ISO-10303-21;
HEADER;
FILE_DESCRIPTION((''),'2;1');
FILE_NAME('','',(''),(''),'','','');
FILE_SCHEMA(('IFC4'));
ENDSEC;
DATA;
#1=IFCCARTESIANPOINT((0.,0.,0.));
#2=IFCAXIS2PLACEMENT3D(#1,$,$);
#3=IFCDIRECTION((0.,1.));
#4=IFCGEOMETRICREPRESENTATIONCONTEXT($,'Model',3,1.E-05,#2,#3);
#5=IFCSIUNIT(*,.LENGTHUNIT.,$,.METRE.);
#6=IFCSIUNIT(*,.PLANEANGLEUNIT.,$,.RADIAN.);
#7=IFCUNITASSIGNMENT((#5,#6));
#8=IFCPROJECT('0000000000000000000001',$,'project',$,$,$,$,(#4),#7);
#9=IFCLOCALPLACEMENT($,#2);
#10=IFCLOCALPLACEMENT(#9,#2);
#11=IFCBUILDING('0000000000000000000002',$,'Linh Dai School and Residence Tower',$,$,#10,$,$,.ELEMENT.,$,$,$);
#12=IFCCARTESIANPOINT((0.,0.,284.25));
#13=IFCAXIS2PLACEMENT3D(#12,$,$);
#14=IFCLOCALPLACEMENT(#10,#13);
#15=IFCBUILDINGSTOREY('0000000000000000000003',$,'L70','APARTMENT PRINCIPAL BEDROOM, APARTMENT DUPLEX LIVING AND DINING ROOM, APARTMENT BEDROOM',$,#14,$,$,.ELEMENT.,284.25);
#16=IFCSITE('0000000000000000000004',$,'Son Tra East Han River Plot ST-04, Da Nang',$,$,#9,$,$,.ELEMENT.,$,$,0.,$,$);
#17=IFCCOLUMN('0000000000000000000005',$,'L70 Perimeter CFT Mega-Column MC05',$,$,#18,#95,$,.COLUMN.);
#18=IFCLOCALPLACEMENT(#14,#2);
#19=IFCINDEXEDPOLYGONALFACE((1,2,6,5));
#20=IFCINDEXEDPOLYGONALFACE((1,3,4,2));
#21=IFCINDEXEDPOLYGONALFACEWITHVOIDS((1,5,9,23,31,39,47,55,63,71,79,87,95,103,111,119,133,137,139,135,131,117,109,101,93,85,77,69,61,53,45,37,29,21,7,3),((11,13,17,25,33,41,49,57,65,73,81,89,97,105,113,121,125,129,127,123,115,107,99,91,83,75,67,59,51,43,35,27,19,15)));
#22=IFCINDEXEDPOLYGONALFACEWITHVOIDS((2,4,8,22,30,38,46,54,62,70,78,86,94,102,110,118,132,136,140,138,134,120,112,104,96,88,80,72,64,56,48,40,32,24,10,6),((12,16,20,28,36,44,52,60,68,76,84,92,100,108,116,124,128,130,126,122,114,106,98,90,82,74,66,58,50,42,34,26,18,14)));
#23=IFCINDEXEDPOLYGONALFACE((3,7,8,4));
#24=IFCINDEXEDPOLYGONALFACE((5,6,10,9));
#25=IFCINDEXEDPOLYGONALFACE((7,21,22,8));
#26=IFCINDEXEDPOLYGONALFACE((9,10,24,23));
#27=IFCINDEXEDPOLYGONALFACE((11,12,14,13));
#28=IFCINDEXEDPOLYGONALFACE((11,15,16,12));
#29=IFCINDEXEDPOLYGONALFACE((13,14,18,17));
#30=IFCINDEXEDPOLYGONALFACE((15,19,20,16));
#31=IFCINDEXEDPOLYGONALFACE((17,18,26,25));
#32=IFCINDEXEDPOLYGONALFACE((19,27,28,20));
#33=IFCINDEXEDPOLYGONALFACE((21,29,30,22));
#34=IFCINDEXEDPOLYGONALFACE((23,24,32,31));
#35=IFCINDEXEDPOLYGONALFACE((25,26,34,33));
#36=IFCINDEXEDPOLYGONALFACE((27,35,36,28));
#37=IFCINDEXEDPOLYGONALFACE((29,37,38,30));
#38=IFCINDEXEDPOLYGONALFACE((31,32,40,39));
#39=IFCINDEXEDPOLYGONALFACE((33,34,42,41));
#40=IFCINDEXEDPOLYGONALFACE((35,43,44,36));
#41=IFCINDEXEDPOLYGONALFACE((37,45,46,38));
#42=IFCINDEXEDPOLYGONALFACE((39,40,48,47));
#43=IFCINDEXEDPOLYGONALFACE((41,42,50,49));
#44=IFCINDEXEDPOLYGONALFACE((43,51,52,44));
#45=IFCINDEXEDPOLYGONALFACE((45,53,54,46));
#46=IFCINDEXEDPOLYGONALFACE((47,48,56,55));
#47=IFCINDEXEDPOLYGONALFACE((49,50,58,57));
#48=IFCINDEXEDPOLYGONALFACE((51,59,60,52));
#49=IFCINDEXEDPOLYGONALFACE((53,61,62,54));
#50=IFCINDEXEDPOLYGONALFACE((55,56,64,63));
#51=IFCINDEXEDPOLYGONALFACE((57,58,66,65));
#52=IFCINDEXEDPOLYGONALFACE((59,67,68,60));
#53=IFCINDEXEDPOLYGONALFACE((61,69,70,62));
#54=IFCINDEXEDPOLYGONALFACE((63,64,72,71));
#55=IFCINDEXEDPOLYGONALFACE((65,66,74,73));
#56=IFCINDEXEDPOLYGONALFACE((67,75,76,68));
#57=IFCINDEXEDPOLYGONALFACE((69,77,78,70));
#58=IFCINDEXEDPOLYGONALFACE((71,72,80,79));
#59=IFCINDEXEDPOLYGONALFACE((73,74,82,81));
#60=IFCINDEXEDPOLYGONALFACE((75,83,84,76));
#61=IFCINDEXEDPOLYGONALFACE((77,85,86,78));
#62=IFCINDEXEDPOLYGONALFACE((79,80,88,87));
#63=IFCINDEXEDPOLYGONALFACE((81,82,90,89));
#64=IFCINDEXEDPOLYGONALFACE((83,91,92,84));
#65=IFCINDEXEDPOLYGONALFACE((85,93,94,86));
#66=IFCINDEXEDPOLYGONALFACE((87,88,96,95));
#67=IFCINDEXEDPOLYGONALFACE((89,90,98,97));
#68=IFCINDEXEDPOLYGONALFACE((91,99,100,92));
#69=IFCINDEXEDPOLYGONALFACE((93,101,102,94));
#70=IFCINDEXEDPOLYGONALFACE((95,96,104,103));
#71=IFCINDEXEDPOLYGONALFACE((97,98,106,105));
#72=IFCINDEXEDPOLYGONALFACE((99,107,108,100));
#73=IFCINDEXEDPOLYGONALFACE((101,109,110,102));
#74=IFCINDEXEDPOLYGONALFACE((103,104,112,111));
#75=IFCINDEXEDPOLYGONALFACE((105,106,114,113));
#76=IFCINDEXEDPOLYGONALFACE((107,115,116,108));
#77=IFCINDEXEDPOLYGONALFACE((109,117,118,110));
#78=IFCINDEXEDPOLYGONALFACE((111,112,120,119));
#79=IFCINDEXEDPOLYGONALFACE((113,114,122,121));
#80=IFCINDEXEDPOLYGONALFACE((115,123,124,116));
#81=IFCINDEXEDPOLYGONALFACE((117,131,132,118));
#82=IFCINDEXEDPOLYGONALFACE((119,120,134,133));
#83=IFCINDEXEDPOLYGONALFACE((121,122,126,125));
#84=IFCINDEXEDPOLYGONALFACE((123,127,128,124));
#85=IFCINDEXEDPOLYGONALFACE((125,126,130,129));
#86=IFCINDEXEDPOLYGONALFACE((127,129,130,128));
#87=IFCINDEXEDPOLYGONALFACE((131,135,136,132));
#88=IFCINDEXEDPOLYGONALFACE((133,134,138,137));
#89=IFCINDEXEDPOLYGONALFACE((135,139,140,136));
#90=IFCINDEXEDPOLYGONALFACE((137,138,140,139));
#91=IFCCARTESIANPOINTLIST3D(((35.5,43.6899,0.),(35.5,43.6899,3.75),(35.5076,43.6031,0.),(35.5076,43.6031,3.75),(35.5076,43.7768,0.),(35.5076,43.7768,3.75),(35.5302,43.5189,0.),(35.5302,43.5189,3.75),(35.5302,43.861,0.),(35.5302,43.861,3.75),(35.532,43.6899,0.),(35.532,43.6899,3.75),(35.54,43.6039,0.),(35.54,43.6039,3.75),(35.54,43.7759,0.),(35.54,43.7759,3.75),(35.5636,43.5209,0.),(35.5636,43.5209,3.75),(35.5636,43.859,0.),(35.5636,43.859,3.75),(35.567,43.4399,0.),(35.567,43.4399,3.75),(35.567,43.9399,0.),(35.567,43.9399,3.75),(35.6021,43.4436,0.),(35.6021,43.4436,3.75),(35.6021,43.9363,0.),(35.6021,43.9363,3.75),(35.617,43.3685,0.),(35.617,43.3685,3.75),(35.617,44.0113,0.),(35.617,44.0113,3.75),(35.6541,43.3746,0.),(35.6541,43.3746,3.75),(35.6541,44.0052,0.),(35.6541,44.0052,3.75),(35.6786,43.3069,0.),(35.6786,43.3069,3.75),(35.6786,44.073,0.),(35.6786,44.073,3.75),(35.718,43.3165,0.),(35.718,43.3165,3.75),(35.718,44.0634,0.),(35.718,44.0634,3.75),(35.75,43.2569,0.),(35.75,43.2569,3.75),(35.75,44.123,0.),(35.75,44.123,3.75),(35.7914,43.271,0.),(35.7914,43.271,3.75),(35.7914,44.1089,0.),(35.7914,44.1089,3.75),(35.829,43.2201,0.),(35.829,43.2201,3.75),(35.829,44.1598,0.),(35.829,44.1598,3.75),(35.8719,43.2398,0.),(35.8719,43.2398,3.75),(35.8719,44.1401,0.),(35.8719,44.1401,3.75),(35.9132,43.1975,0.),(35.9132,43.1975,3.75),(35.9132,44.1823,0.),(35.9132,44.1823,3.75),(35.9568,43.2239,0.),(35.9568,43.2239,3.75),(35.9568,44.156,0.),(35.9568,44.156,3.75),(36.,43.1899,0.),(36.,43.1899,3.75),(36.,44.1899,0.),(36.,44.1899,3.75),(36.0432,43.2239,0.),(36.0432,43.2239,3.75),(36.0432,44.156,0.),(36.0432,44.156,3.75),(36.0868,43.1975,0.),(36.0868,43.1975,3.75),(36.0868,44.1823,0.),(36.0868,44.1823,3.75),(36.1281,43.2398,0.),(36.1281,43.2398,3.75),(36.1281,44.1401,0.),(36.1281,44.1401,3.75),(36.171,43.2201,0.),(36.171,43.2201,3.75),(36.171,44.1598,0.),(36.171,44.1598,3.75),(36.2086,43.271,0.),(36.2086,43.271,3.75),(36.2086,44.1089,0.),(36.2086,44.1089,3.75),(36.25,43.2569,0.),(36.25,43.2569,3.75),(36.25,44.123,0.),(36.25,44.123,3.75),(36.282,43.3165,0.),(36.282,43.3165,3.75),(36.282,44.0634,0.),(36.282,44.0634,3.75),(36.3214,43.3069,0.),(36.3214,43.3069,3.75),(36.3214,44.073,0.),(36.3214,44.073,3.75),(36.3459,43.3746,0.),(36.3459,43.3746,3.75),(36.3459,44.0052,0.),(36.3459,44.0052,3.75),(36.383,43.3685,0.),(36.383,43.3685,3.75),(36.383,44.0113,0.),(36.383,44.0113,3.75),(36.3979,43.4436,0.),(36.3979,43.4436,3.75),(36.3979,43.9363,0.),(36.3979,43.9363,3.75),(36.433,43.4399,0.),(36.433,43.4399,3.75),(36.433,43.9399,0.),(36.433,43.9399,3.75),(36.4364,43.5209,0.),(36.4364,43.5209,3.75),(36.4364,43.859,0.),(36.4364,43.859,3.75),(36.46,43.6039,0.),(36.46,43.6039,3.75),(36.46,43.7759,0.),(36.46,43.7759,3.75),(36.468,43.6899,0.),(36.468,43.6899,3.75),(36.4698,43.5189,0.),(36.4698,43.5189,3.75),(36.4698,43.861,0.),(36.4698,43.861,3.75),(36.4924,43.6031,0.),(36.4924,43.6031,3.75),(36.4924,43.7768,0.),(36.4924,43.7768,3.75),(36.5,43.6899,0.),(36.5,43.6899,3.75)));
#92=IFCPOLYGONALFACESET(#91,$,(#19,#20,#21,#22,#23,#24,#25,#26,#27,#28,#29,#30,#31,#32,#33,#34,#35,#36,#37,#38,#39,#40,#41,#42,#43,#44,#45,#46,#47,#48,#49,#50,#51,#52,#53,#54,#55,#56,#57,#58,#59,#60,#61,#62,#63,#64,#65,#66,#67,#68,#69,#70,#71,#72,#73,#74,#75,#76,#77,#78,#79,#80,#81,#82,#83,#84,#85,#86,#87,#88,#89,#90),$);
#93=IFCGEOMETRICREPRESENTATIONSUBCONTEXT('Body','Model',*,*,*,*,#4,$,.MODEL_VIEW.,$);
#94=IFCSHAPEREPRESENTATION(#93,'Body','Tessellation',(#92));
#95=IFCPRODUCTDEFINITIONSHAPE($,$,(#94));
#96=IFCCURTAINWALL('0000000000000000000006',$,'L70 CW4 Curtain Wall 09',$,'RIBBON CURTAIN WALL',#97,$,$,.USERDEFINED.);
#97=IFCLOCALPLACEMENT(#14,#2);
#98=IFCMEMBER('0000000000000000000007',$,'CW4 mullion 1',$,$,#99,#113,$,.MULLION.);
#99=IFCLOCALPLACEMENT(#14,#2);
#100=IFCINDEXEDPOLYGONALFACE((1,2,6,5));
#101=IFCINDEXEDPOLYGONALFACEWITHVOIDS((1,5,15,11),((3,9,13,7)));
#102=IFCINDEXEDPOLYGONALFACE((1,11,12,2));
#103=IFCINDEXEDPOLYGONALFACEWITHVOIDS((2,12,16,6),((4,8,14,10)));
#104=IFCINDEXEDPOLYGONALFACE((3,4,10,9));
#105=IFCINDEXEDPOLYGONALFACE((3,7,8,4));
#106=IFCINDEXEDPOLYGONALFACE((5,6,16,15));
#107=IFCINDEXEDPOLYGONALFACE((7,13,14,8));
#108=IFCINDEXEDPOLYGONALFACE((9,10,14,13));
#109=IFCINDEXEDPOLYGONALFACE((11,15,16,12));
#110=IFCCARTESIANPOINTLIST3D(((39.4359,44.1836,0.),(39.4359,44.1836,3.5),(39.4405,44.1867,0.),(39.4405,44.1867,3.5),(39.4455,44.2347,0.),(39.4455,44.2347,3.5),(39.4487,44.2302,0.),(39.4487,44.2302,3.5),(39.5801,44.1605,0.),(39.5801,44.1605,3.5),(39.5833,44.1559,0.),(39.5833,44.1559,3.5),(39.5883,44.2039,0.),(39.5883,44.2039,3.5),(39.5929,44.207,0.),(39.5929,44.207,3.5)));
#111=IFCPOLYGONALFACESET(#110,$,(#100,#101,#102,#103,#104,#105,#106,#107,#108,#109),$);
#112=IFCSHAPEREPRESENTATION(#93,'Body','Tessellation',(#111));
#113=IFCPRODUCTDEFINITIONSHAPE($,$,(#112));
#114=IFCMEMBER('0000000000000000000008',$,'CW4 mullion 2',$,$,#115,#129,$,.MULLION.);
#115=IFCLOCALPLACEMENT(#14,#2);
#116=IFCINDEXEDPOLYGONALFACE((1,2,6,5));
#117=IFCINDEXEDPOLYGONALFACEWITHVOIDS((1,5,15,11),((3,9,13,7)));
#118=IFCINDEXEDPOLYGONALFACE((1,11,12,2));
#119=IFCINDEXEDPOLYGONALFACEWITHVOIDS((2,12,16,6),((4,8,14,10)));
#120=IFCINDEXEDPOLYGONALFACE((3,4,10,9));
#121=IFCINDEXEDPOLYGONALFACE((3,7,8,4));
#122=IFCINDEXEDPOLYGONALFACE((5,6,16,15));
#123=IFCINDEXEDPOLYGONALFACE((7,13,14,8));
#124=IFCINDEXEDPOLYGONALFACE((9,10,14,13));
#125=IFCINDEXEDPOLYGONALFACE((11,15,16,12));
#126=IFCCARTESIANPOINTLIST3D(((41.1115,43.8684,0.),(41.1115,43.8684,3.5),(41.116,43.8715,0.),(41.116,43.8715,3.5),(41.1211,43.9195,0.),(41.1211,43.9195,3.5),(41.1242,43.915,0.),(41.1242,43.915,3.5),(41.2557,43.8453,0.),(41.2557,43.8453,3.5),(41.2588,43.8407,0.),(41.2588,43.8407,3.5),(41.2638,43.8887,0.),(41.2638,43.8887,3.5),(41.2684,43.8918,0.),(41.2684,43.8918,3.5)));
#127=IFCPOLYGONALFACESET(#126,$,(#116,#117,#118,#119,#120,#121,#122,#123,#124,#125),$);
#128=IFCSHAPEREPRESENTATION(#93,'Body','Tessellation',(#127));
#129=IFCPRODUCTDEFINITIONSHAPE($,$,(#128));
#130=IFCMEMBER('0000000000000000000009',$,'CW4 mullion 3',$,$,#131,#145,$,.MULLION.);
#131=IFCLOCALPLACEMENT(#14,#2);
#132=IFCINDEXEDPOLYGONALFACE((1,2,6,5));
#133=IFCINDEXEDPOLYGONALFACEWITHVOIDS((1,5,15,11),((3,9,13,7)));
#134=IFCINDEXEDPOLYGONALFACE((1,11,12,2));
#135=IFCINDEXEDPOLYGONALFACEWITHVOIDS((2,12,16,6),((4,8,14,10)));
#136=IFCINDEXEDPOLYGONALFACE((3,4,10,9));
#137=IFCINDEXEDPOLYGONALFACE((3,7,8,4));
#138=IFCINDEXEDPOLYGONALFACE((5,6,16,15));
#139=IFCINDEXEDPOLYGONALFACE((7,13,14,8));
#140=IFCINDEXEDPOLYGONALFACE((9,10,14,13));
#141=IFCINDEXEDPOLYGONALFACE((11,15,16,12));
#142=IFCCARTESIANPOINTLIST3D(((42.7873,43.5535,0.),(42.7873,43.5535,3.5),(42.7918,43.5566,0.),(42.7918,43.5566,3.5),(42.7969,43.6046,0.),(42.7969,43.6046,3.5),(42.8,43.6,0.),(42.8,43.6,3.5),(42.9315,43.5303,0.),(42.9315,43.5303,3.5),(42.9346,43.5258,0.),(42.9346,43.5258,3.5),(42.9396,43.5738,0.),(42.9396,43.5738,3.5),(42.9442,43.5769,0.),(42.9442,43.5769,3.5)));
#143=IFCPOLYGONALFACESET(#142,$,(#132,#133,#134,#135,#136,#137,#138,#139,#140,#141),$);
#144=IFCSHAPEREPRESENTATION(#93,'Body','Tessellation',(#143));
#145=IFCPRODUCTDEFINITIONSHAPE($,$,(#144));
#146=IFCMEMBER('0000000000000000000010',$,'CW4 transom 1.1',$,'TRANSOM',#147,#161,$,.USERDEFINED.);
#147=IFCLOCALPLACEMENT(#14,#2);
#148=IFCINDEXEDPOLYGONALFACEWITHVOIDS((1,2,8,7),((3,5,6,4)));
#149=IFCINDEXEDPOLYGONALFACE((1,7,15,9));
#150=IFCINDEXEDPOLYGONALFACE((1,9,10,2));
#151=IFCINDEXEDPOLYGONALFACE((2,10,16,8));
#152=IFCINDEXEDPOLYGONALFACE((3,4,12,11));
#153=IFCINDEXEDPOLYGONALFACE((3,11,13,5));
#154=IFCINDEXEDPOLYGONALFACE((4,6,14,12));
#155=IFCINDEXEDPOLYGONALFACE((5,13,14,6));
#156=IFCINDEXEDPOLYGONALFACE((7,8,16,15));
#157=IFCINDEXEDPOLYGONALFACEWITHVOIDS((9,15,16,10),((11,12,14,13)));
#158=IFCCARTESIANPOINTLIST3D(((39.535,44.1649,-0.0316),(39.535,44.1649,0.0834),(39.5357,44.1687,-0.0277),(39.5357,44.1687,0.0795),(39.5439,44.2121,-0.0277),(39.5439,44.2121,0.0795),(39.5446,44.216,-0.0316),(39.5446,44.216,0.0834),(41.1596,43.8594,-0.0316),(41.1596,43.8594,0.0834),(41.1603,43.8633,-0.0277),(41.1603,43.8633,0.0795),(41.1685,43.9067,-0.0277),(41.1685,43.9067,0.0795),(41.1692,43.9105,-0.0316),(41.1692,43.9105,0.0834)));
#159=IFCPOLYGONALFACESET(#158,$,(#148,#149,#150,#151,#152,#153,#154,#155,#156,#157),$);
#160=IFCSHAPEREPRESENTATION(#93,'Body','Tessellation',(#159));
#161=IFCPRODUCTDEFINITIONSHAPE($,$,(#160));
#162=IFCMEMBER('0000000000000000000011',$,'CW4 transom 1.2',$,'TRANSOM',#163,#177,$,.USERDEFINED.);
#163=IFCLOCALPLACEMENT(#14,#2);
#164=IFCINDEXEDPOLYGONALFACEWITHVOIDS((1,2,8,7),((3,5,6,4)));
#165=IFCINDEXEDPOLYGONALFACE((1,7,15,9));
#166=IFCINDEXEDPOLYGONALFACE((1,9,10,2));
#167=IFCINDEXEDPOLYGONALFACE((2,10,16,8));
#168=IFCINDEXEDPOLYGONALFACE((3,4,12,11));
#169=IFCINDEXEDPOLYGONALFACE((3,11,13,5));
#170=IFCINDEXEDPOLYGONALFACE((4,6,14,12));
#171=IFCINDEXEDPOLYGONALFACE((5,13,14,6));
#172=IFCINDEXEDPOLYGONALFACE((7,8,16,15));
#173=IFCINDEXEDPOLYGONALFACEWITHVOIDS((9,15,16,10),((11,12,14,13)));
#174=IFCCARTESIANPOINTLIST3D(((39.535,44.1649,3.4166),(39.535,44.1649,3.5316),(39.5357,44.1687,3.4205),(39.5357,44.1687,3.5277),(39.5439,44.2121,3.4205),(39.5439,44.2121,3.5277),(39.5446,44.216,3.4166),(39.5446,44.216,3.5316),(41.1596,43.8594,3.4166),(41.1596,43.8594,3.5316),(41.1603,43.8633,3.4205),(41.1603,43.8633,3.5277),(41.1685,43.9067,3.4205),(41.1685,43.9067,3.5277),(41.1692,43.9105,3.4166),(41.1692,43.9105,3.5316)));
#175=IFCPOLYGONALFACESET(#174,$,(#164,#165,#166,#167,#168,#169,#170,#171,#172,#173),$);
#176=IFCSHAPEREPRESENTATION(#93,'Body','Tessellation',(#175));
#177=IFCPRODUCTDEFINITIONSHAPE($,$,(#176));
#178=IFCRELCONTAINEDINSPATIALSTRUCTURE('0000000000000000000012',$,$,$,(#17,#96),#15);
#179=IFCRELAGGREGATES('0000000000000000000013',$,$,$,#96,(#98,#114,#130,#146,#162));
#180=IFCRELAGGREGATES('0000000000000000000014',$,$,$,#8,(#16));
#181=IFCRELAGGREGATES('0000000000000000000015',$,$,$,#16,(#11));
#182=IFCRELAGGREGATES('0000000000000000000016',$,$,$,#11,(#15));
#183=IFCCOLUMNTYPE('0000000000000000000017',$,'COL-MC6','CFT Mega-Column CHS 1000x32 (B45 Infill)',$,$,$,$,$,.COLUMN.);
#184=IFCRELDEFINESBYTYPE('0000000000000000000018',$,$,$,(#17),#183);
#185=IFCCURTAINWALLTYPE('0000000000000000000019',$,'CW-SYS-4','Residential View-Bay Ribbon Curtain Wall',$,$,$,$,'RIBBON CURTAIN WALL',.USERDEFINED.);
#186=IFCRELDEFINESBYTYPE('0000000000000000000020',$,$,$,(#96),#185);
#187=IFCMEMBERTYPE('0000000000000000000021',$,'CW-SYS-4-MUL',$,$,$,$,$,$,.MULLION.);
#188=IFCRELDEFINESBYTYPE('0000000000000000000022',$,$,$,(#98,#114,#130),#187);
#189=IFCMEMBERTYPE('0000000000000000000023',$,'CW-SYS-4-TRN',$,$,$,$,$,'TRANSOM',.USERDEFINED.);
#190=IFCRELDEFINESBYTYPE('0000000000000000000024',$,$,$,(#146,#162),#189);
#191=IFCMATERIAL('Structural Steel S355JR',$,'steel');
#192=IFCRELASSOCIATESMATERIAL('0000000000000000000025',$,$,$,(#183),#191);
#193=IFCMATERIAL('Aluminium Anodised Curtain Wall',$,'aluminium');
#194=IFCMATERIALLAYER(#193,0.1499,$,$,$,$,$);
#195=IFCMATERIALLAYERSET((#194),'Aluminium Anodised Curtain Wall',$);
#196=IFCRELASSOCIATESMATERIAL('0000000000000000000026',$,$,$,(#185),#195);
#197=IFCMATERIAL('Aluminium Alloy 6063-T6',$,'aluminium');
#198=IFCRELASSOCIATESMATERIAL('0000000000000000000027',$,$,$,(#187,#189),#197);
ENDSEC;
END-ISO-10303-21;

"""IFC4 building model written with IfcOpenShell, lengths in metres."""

from ifc_helpers import new_model, si_unit, direction, frame, origin, origin_2d, place, context, subcontext, project, spatial, hollow_rectangle, hollow_circle, extrude, source, transform, mapped, material, layer, layer_set, material_profile, profile_set, type_object, element, aggregate, save


model = new_model("IFC4")

# Units and contexts
model_context = context("Model", 3, precision=1e-05, world=origin(), true_north=direction((0.0, 1.0)))
body_context = subcontext(model_context, "Body", "Model", "MODEL_VIEW")
ifc_project = project(units=[si_unit("LENGTHUNIT", "METRE"), si_unit("PLANEANGLEUNIT", "RADIAN")], contexts=[model_context])

# Site, building, storey
site_placement = place(None, origin())
site = spatial("IfcSite", under=ifc_project, at=site_placement, Name="Son Tra East Han River Plot ST-04, Da Nang", CompositionType="ELEMENT", RefElevation=0.0)
building_placement = place(site_placement, origin())
building = spatial("IfcBuilding", under=site, at=building_placement, Name="Linh Dai School and Residence Tower", CompositionType="ELEMENT")
storey_placement = place(building_placement, frame((0.0, 0.0, 284.25)))
storey = spatial("IfcBuildingStorey", under=building, at=storey_placement, Name="L70", Description="APARTMENT PRINCIPAL BEDROOM, APARTMENT DUPLEX LIVING AND DINING ROOM, APARTMENT BEDROOM", CompositionType="ELEMENT", Elevation=284.25)

# Column
ifc_material_1 = material(Name="Structural Steel S355JR", Category="steel")
ifc_material_profile_1 = material_profile(ifc_material_1, hollow_circle(Radius=0.5, WallThickness=0.032, at=origin_2d()), Name="CHS 1000x32")
ifc_profile_set_1 = profile_set([ifc_material_profile_1], Name="Structural Steel S355JR")
column_type = type_object("IfcColumnType", Name="COL-MC6", Description="CFT Mega-Column CHS 1000x32 (B45 Infill)", PredefinedType="COLUMN", material=ifc_profile_set_1)
column_placement = place(storey_placement, frame((36.0, 43.6899, 0.0), z_axis=(0.0, 0.0, 1.0), x_axis=(1.0, 0.0, 0.0)))
element("IfcColumn", 1, at=column_placement, inside=storey, type_object=column_type, Name="L70 Perimeter CFT Mega-Column MC05", PredefinedType="COLUMN", context=body_context, shape_type="SweptSolid", body=[
    extrude(hollow_circle(Radius=0.5, WallThickness=0.032, at=origin_2d()), origin(), (0.0, 0.0, 1.0), 3.75),
])

# Curtain wall, members
ifc_material_2 = material(Name="Aluminium Anodised Curtain Wall", Category="aluminium")
ifc_layer_1 = layer(ifc_material_2, 0.1499)
ifc_layer_set_1 = layer_set([ifc_layer_1], Name="Aluminium Anodised Curtain Wall")
curtain_wall_type = type_object("IfcCurtainWallType", Name="CW-SYS-4", Description="Residential View-Bay Ribbon Curtain Wall", ElementType="RIBBON CURTAIN WALL", PredefinedType="USERDEFINED", material=ifc_layer_set_1)
curtain_wall_placement = place(storey_placement, origin())
curtain_wall = element("IfcCurtainWall", 2, at=curtain_wall_placement, inside=storey, type_object=curtain_wall_type, Name="L70 CW4 Curtain Wall 09", ObjectType="RIBBON CURTAIN WALL", PredefinedType="USERDEFINED")
ifc_material_3 = material(Name="Aluminium Alloy 6063-T6", Category="aluminium")
ifc_material_profile_2 = material_profile(ifc_material_3, hollow_rectangle(XDim=0.052, YDim=0.1499, WallThickness=0.0039, at=origin_2d()), Name="RHS 150x52x4")
ifc_profile_set_2 = profile_set([ifc_material_profile_2], Name="Aluminium Alloy 6063-T6")
member_type_1 = type_object("IfcMemberType", Name="CW-SYS-4-MUL", PredefinedType="MULLION", material=ifc_profile_set_2)
shared_shape_1 = source(origin(), body_context, "Body", "SweptSolid", [
    extrude(hollow_rectangle(XDim=0.052, YDim=0.1499, WallThickness=0.0039, at=origin_2d()), origin(), (0.0, 0.0, 1.0), 3.5),
])
member_1_placement = place(storey_placement, frame((39.5144, 44.1953, 0.0), z_axis=(0.0, 0.0, 1.0), x_axis=(0.184751, 0.982785, 0.0)))
member_1 = element("IfcMember", 3, at=member_1_placement, type_object=member_type_1, Name="CW4 mullion 1", PredefinedType="MULLION", context=body_context, shape_type="MappedRepresentation", body=[
    mapped(shared_shape_1, transform((0.0, 0.0, 0.0), x_axis=(1.0, 0.0, 0.0), y_axis=(0.0, 1.0, 0.0), z_axis=(0.0, 0.0, 1.0), scale=1.0)),
])
member_2_placement = place(storey_placement, frame((41.1899, 43.8801, 0.0), z_axis=(0.0, 0.0, 1.0), x_axis=(0.184751, 0.982785, 0.0)))
member_2 = element("IfcMember", 4, at=member_2_placement, type_object=member_type_1, Name="CW4 mullion 2", PredefinedType="MULLION", context=body_context, shape_type="MappedRepresentation", body=[
    mapped(shared_shape_1, transform((0.0, 0.0, 0.0), x_axis=(1.0, 0.0, 0.0), y_axis=(0.0, 1.0, 0.0), z_axis=(0.0, 0.0, 1.0), scale=1.0)),
])
member_3_placement = place(storey_placement, frame((42.8657, 43.5652, 0.0), z_axis=(0.0, 0.0, 1.0), x_axis=(0.184751, 0.982785, 0.0)))
member_3 = element("IfcMember", 5, at=member_3_placement, type_object=member_type_1, Name="CW4 mullion 3", PredefinedType="MULLION", context=body_context, shape_type="MappedRepresentation", body=[
    mapped(shared_shape_1, transform((0.0, 0.0, 0.0), x_axis=(1.0, 0.0, 0.0), y_axis=(0.0, 1.0, 0.0), z_axis=(0.0, 0.0, 1.0), scale=1.0)),
])
ifc_material_profile_3 = material_profile(ifc_material_3, hollow_rectangle(XDim=0.052, YDim=0.115, WallThickness=0.0039, at=origin_2d()), Name="RHS 115x52x4")
ifc_profile_set_3 = profile_set([ifc_material_profile_3], Name="Aluminium Alloy 6063-T6")
member_type_2 = type_object("IfcMemberType", Name="CW-SYS-4-TRN", ElementType="TRANSOM", PredefinedType="USERDEFINED", material=ifc_profile_set_3)
shared_shape_2 = source(origin(), body_context, "Body", "SweptSolid", [
    extrude(hollow_rectangle(XDim=0.052, YDim=0.115, WallThickness=0.0039, at=origin_2d()), origin(), (0.0, 0.0, 1.0), 1.6531),
])
member_4_placement = place(storey_placement, frame((39.5398, 44.1904, 0.0259), z_axis=(0.982782, -0.18477, 0.0), x_axis=(0.18477, 0.982782, 0.0)))
member_4 = element("IfcMember", 6, at=member_4_placement, type_object=member_type_2, Name="CW4 transom 1.1", ObjectType="TRANSOM", PredefinedType="USERDEFINED", context=body_context, shape_type="MappedRepresentation", body=[
    mapped(shared_shape_2, transform((0.0, 0.0, 0.0), x_axis=(1.0, 0.0, 0.0), y_axis=(0.0, 1.0, 0.0), z_axis=(0.0, 0.0, 1.0), scale=1.0)),
])
member_5_placement = place(storey_placement, frame((39.5398, 44.1904, 3.4741), z_axis=(0.982782, -0.18477, 0.0), x_axis=(0.18477, 0.982782, 0.0)))
member_5 = element("IfcMember", 7, at=member_5_placement, type_object=member_type_2, Name="CW4 transom 1.2", ObjectType="TRANSOM", PredefinedType="USERDEFINED", context=body_context, shape_type="MappedRepresentation", body=[
    mapped(shared_shape_2, transform((0.0, 0.0, 0.0), x_axis=(1.0, 0.0, 0.0), y_axis=(0.0, 1.0, 0.0), z_axis=(0.0, 0.0, 1.0), scale=1.0)),
])

aggregate(curtain_wall, [member_1, member_2, member_3, member_4, member_5])

save(model, "model.ifc")
